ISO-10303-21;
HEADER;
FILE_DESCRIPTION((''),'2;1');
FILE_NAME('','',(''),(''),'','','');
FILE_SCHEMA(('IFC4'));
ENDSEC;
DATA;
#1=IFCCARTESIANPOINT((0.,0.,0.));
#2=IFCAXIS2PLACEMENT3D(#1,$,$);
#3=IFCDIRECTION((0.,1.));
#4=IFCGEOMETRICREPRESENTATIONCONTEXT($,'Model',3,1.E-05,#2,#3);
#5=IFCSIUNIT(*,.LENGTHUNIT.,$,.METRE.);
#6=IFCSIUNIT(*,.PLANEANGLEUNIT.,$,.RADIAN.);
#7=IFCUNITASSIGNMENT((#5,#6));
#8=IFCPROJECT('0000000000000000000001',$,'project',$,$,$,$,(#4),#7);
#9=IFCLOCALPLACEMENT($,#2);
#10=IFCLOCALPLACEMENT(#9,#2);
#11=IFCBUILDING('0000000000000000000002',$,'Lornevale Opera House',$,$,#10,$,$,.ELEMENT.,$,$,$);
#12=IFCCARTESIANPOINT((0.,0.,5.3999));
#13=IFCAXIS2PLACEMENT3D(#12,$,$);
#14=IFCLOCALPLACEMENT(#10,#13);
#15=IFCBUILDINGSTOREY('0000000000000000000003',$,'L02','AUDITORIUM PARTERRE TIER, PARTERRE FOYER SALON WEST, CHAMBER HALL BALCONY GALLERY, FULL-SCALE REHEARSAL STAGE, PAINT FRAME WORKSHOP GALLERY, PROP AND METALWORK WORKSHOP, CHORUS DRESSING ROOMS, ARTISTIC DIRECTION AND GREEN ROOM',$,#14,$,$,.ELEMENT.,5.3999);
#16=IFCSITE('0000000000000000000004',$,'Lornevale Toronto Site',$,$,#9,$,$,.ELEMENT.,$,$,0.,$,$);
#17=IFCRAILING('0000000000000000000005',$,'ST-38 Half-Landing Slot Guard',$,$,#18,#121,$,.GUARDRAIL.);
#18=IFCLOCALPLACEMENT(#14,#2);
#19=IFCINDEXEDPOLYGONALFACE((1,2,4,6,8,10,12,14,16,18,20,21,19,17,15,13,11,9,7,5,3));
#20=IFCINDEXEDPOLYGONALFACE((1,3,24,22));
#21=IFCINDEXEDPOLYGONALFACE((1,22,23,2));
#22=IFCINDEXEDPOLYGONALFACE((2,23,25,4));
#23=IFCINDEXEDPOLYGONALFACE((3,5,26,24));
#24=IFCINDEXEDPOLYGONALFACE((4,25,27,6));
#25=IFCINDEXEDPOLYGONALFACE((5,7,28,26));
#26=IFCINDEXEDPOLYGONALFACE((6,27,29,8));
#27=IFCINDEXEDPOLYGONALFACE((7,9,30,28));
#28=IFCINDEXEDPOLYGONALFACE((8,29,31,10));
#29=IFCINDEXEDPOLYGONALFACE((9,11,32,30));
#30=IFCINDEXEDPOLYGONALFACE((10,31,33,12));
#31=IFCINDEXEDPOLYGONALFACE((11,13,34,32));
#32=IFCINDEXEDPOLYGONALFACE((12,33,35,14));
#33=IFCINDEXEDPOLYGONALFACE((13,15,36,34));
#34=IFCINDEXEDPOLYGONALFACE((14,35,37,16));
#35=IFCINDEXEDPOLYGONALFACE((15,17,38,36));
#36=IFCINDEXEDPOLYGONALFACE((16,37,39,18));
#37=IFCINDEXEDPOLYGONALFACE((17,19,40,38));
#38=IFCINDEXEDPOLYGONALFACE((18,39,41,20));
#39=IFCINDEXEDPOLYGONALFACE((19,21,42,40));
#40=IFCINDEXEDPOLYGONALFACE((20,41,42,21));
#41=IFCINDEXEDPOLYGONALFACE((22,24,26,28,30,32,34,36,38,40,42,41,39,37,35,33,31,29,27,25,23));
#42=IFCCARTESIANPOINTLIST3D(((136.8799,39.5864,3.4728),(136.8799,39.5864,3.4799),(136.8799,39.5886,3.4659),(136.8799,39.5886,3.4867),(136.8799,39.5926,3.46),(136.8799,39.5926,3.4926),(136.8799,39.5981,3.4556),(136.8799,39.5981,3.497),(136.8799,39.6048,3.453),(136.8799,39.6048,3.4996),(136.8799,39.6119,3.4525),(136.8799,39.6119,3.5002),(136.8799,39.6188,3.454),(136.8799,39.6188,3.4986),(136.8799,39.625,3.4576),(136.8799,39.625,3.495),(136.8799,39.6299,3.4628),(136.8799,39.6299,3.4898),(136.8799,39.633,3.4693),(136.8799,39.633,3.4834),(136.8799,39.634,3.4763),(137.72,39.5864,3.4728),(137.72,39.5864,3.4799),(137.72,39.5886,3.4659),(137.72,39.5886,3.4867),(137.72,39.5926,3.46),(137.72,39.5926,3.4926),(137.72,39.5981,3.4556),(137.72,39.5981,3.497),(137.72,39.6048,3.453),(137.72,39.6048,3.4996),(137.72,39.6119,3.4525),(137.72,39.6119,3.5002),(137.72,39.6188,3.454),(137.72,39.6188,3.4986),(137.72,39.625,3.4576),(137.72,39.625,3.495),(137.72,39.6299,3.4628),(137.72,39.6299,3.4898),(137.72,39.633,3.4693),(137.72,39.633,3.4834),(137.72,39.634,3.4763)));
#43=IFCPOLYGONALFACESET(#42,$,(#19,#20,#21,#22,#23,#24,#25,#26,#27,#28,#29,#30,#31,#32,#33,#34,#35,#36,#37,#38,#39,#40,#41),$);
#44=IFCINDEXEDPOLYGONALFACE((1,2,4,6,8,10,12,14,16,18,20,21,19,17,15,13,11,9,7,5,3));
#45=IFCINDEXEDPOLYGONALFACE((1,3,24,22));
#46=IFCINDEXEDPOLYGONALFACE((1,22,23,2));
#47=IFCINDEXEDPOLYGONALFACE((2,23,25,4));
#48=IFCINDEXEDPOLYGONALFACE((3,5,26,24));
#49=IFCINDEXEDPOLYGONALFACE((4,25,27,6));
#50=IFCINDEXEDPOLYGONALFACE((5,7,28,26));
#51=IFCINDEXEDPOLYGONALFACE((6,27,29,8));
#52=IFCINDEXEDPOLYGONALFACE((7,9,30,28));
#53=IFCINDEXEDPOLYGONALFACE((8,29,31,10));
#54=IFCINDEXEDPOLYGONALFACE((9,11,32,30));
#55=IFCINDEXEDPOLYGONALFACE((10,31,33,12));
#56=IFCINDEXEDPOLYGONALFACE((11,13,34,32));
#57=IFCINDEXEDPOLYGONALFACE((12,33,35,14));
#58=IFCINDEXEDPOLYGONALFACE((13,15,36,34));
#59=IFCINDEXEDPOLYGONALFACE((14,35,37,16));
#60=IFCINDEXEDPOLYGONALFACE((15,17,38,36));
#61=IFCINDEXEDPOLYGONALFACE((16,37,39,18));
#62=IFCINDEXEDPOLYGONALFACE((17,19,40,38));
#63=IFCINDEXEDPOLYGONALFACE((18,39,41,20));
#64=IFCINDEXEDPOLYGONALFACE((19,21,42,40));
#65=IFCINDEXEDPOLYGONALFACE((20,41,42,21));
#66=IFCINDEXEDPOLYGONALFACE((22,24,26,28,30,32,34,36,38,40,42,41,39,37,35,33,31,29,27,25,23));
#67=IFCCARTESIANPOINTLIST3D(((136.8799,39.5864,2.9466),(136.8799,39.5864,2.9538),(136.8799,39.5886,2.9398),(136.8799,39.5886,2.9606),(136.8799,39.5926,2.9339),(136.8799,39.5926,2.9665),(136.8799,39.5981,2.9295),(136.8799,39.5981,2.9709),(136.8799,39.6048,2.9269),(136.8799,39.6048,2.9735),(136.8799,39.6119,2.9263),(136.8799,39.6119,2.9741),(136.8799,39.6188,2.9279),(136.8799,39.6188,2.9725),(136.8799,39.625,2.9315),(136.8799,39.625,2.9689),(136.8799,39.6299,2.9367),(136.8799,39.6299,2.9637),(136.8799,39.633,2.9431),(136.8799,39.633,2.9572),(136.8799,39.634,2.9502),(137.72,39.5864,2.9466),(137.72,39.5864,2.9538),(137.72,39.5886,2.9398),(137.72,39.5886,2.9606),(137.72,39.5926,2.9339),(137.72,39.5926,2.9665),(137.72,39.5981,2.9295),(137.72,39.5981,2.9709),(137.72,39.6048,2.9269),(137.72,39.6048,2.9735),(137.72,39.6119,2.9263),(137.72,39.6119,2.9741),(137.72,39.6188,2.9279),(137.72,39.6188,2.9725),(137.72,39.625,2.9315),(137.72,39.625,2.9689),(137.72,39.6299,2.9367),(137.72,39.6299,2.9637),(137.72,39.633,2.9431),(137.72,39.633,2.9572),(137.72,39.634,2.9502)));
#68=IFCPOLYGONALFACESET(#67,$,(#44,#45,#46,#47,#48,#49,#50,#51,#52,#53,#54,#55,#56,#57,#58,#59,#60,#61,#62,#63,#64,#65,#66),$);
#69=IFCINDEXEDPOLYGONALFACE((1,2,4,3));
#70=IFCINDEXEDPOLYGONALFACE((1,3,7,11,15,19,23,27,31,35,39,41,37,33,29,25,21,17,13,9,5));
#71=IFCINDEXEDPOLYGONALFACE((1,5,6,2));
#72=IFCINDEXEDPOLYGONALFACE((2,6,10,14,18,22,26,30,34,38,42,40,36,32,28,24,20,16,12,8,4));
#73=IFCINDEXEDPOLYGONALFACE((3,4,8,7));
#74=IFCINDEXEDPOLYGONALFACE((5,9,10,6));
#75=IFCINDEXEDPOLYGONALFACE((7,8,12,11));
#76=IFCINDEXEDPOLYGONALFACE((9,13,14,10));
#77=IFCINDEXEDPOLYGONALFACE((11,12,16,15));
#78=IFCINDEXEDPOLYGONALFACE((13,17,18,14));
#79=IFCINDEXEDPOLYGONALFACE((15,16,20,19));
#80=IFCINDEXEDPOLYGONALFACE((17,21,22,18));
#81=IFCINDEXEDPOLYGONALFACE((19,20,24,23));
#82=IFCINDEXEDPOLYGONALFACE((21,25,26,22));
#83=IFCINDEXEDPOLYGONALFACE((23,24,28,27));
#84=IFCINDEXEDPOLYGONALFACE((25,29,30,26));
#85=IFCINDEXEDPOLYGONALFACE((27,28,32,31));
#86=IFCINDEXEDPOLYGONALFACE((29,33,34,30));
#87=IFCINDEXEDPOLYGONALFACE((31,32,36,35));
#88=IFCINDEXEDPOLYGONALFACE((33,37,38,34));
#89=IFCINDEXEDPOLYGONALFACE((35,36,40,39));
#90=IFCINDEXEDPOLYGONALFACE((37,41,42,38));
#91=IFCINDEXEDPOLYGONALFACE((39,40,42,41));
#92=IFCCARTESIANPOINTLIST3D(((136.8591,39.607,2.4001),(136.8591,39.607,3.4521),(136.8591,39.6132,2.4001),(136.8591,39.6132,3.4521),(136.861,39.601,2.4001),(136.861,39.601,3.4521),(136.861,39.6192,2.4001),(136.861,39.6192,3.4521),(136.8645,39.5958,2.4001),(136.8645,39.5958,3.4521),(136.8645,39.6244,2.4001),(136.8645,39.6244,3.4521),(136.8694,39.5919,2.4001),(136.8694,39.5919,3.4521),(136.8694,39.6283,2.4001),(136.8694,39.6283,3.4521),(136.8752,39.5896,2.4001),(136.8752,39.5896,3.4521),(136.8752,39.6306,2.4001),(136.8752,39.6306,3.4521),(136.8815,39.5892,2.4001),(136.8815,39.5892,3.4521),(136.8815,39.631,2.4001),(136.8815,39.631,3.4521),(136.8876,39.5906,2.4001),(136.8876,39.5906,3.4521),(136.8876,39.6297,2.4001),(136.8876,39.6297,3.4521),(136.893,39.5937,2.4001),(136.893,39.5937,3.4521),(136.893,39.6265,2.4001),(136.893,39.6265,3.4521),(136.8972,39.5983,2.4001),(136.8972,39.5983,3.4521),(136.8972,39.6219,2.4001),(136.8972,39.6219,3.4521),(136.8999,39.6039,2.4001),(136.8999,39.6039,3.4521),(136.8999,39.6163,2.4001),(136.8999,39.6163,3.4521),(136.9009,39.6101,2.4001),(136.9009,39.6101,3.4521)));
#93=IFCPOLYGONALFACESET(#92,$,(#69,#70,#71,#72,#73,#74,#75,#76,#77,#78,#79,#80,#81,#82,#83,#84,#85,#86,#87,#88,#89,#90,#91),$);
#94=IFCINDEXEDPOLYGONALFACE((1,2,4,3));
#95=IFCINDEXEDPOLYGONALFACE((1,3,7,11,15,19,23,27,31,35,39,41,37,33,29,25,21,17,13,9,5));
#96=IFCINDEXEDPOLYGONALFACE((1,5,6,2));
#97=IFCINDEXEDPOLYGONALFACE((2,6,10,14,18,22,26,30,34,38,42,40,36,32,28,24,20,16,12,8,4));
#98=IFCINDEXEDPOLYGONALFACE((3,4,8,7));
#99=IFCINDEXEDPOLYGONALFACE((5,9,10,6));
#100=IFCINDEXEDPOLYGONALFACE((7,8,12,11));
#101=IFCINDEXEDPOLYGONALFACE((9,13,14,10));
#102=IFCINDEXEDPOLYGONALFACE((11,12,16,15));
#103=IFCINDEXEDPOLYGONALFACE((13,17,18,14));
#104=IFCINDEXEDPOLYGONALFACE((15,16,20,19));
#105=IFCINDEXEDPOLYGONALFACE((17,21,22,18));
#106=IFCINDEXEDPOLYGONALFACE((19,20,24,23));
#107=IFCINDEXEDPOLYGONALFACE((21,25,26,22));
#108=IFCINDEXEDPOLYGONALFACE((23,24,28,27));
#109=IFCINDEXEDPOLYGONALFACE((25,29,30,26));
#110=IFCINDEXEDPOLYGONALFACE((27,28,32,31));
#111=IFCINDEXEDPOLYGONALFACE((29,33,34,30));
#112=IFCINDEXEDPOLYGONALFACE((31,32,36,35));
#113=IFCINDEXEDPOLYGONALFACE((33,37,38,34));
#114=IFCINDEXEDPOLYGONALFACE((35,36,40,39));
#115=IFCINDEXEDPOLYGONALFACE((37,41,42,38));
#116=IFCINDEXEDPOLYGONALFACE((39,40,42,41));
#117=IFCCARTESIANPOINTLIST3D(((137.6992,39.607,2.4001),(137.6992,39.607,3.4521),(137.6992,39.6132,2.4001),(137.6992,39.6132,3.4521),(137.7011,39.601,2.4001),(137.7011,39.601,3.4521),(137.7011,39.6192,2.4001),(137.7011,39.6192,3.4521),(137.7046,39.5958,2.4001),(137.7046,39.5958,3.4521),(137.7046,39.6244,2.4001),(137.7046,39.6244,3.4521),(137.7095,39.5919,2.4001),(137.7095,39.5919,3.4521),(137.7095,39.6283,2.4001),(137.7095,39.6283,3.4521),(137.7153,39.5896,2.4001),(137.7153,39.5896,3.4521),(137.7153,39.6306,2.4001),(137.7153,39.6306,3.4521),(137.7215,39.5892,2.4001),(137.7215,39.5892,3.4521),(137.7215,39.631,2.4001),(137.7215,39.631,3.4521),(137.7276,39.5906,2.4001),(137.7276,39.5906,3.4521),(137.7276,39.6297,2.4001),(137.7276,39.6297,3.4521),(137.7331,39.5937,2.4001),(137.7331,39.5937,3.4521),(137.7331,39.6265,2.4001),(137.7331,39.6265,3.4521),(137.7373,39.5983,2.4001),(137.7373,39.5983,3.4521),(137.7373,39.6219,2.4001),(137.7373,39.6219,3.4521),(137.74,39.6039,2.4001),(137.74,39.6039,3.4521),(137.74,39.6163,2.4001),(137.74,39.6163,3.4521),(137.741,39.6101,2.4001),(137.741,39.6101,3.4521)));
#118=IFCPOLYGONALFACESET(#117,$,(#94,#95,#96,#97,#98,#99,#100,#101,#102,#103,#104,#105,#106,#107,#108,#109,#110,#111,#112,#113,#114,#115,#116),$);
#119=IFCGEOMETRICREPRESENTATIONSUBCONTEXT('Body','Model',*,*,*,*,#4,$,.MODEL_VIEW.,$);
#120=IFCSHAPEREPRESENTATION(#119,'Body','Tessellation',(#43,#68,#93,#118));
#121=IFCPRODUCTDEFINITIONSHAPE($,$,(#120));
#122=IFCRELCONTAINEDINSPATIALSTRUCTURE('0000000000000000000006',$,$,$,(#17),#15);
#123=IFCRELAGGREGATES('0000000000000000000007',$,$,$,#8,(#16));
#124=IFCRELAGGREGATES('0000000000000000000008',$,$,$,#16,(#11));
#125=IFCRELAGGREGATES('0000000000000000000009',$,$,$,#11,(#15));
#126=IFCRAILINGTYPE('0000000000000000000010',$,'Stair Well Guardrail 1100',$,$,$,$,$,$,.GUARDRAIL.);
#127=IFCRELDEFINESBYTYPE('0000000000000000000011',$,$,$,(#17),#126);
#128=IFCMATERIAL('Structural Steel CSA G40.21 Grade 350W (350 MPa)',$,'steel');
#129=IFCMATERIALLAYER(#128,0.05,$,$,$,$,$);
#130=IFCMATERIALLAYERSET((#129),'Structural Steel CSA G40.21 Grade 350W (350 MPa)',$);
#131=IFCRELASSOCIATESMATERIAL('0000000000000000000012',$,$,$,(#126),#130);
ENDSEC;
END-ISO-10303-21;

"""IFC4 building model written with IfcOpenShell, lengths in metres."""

from ifc_helpers import new_model, si_unit, direction, frame, origin, origin_2d, place, context, subcontext, project, spatial, circle, extrude, material, layer, layer_set, type_object, element, save


model = new_model("IFC4")

# Units and contexts
model_context = context("Model", 3, precision=1e-05, world=origin(), true_north=direction((0.0, 1.0)))
body_context = subcontext(model_context, "Body", "Model", "MODEL_VIEW")
ifc_project = project(units=[si_unit("LENGTHUNIT", "METRE"), si_unit("PLANEANGLEUNIT", "RADIAN")], contexts=[model_context])

# Site, building, storey
site_placement = place(None, origin())
site = spatial("IfcSite", under=ifc_project, at=site_placement, Name="Lornevale Toronto Site", CompositionType="ELEMENT", RefElevation=0.0)
building_placement = place(site_placement, origin())
building = spatial("IfcBuilding", under=site, at=building_placement, Name="Lornevale Opera House", CompositionType="ELEMENT")
storey_placement = place(building_placement, frame((0.0, 0.0, 5.3999)))
storey = spatial("IfcBuildingStorey", under=building, at=storey_placement, Name="L02", Description="AUDITORIUM PARTERRE TIER, PARTERRE FOYER SALON WEST, CHAMBER HALL BALCONY GALLERY, FULL-SCALE REHEARSAL STAGE, PAINT FRAME WORKSHOP GALLERY, PROP AND METALWORK WORKSHOP, CHORUS DRESSING ROOMS, ARTISTIC DIRECTION AND GREEN ROOM", CompositionType="ELEMENT", Elevation=5.3999)

# Shared definitions
ifc_material_1 = material(Name="Structural Steel CSA G40.21 Grade 350W (350 MPa)", Category="steel")

# Railing
ifc_layer_1 = layer(ifc_material_1, 0.05)
ifc_layer_set_1 = layer_set([ifc_layer_1], Name="Structural Steel CSA G40.21 Grade 350W (350 MPa)")
railing_type_1 = type_object("IfcRailingType", Name="Stair Well Guardrail 1100", PredefinedType="GUARDRAIL", material=ifc_layer_set_1)
railing_1_placement = place(storey_placement, frame((136.8799, 39.6101, 2.4001)))
element("IfcRailing", 1, at=railing_1_placement, inside=storey, type_object=railing_type_1, Name="ST-38 Half-Landing Slot Guard", PredefinedType="GUARDRAIL", context=body_context, shape_type="SweptSolid", body=[
    extrude(circle(Radius=0.0239, at=origin_2d()), frame((0.0, 0.0, 1.0762), z_axis=(1.0, 0.0, 0.0), x_axis=(0.0, 1.0, 0.0)), (0.0, 0.0, 1.0), 0.8401),
    extrude(circle(Radius=0.0239, at=origin_2d()), frame((0.0, 0.0, 0.55), z_axis=(1.0, 0.0, 0.0), x_axis=(0.0, 1.0, 0.0)), (0.0, 0.0, 1.0), 0.8401),
    extrude(circle(Radius=0.021, at=origin_2d()), origin(), (0.0, 0.0, 1.0), 1.052),
    extrude(circle(Radius=0.021, at=origin_2d()), frame((0.8401, 0.0, 0.0)), (0.0, 0.0, 1.0), 1.052),
])

save(model, "model.ifc")
